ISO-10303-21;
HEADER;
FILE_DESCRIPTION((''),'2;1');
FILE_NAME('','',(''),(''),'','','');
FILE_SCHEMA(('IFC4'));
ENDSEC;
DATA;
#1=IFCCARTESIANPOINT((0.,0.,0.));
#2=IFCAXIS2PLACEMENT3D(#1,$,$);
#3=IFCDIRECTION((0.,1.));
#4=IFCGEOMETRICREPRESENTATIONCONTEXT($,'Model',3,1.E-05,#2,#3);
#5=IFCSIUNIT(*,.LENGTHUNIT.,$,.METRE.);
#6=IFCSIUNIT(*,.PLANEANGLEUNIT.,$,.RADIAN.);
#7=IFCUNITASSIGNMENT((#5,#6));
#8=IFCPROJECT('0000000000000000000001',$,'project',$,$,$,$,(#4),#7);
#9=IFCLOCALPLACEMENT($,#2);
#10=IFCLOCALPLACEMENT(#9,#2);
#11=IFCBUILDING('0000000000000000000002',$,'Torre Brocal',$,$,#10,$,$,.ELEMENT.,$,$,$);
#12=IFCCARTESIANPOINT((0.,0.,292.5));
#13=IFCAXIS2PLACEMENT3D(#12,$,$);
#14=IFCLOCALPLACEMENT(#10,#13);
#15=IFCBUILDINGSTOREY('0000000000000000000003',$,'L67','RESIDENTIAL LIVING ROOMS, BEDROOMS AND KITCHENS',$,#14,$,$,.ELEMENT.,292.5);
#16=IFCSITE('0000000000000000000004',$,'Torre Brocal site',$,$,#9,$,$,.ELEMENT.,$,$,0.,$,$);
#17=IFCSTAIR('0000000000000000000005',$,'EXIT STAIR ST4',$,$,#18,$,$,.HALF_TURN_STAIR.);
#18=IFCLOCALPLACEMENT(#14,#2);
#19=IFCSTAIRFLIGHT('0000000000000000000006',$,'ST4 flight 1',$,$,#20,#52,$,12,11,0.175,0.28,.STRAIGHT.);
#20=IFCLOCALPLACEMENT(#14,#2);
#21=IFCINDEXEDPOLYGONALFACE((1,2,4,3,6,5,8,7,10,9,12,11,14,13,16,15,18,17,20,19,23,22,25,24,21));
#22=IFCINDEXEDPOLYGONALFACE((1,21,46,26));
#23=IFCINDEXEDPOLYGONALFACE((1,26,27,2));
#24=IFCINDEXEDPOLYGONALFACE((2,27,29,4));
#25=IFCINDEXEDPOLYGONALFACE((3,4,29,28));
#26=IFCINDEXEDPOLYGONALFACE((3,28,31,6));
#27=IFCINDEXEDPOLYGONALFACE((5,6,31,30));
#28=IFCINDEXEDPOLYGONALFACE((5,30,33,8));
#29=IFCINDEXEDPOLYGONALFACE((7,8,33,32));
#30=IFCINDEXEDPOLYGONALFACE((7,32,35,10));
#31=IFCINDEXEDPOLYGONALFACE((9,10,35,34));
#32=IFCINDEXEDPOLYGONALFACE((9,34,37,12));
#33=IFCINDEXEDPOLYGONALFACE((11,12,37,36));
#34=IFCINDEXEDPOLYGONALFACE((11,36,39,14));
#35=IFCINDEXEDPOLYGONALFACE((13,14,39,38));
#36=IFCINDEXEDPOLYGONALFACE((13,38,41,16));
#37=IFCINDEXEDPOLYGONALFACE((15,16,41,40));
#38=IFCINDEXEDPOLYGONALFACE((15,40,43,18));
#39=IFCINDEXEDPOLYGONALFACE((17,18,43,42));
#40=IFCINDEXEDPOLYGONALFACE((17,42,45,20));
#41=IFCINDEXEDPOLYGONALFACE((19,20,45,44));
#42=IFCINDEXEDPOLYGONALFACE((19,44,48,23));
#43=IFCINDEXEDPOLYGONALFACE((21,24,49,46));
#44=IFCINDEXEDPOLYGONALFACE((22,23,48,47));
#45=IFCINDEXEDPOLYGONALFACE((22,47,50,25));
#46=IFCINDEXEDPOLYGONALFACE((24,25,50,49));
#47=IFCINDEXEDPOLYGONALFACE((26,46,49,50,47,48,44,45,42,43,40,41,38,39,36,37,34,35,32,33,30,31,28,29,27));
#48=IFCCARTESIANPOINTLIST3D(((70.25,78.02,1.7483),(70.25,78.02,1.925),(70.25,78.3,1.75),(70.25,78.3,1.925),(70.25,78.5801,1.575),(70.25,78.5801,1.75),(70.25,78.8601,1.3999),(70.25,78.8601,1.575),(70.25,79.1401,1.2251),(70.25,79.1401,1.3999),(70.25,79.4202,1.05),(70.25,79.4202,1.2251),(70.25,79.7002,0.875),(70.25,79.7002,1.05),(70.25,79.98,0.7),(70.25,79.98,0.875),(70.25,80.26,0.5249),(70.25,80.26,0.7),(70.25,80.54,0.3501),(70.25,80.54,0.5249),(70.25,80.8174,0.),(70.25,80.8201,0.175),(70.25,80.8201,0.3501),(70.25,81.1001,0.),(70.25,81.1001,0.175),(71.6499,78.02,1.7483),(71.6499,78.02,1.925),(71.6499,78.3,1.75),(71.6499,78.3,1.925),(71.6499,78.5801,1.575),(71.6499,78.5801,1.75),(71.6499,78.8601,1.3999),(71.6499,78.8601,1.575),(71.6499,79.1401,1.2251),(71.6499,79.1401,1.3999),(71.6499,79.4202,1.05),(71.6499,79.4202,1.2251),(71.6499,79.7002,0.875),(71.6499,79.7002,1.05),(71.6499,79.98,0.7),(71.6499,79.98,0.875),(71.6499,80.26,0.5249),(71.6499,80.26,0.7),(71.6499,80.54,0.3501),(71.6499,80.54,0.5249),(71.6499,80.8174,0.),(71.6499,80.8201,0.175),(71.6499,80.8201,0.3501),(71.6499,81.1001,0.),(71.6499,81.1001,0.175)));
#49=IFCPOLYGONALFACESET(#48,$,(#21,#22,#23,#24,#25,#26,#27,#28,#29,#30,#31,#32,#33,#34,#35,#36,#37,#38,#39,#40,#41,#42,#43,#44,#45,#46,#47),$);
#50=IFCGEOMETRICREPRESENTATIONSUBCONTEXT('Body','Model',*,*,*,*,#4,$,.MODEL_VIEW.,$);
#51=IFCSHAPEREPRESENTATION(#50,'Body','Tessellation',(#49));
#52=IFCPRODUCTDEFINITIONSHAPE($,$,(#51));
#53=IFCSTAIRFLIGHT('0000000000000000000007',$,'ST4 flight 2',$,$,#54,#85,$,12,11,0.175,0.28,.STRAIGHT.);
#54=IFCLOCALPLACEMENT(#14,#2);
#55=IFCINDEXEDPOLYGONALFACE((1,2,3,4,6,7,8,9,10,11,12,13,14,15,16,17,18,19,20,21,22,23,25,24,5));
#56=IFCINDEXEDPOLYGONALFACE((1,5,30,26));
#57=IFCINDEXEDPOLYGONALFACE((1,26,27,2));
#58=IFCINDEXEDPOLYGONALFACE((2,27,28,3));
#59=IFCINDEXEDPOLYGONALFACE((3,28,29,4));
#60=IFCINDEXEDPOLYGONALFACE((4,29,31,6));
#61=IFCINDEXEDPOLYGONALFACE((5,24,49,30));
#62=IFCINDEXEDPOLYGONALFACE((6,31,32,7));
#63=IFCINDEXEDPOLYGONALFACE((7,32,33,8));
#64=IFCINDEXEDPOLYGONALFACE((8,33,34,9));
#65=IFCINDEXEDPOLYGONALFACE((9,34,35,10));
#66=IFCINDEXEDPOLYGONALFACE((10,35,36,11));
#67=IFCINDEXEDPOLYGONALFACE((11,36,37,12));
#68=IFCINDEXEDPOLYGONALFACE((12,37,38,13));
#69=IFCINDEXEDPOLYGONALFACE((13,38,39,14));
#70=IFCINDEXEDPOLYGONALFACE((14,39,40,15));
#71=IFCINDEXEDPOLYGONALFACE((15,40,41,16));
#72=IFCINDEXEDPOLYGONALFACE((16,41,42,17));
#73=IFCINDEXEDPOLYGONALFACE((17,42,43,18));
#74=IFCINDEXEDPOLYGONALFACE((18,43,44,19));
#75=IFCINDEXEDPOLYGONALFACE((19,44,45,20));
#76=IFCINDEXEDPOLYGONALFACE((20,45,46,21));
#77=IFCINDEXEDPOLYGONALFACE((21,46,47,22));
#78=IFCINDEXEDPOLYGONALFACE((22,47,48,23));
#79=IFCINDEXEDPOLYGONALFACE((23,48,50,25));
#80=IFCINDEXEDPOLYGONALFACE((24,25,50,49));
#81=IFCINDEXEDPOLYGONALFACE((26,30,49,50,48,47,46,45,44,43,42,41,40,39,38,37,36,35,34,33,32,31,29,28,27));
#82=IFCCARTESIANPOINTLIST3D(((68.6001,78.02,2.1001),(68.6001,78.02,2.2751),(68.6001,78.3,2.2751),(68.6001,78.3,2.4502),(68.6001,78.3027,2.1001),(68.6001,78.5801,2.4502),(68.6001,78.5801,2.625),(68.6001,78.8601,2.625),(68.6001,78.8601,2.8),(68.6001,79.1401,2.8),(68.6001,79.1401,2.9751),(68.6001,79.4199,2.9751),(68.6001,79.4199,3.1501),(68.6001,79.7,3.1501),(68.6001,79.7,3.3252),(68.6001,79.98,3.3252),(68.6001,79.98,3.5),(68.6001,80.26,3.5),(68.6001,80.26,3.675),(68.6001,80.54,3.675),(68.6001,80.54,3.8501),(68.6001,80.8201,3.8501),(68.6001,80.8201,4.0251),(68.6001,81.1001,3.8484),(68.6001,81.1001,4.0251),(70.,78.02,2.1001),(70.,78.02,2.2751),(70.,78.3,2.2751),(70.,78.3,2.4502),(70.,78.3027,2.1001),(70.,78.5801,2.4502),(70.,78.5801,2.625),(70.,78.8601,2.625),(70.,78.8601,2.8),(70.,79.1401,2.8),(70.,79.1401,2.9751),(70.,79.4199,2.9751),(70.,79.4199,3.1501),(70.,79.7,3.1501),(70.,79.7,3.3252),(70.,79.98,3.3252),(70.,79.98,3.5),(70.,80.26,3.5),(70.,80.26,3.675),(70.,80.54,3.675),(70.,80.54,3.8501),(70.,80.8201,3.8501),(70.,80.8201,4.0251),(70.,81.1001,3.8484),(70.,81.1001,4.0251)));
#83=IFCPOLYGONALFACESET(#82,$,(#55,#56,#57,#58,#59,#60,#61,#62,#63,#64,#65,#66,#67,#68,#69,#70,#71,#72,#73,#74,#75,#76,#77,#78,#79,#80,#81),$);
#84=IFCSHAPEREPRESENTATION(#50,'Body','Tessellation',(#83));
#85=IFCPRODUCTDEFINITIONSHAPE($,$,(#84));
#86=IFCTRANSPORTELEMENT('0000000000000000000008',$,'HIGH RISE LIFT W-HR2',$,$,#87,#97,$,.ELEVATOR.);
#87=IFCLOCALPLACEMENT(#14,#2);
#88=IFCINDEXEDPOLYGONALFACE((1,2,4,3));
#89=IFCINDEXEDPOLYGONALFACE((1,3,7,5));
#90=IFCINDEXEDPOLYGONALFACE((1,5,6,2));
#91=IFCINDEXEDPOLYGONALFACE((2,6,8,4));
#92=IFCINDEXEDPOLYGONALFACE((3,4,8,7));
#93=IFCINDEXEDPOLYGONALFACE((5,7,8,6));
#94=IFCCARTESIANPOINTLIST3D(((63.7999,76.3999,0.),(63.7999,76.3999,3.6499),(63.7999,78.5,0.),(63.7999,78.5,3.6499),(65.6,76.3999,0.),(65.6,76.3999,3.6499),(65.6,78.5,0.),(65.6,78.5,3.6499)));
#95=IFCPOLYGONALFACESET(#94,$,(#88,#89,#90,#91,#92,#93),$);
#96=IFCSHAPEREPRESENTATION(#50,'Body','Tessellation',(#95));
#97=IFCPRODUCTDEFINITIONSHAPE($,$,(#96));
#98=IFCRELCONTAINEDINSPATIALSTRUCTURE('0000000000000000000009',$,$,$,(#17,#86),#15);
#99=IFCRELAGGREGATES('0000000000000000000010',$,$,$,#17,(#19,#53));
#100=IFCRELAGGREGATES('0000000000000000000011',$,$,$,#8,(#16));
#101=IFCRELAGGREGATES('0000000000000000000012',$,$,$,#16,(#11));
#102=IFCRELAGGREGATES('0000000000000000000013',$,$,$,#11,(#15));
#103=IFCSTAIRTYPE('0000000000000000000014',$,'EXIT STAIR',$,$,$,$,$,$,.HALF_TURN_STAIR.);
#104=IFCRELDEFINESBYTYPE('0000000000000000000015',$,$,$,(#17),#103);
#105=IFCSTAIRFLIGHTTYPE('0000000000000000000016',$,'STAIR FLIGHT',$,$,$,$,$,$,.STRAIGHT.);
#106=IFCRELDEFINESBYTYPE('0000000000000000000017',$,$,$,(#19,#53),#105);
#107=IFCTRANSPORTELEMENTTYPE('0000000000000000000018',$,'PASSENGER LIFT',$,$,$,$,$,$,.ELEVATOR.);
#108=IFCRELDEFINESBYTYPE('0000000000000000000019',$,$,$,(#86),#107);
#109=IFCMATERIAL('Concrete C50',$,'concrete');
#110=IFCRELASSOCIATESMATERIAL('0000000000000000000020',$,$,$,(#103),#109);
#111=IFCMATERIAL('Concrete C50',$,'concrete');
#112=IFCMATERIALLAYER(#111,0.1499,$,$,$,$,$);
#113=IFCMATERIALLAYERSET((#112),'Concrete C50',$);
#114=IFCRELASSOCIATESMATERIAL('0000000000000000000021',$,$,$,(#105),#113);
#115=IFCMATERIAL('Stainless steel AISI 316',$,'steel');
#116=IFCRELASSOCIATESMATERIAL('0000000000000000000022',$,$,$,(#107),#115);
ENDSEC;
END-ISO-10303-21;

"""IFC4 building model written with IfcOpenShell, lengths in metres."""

from ifc_helpers import new_model, si_unit, direction, frame, origin, origin_2d, place, context, subcontext, project, spatial, polyline, rectangle, outline, extrude, material, layer, layer_set, type_object, element, aggregate, save


model = new_model("IFC4")

# Units and contexts
model_context = context("Model", 3, precision=1e-05, world=origin(), true_north=direction((0.0, 1.0)))
body_context = subcontext(model_context, "Body", "Model", "MODEL_VIEW")
ifc_project = project(units=[si_unit("LENGTHUNIT", "METRE"), si_unit("PLANEANGLEUNIT", "RADIAN")], contexts=[model_context])

# Site, building, storey
site_placement = place(None, origin())
site = spatial("IfcSite", under=ifc_project, at=site_placement, Name="Torre Brocal site", CompositionType="ELEMENT", RefElevation=0.0)
building_placement = place(site_placement, origin())
building = spatial("IfcBuilding", under=site, at=building_placement, Name="Torre Brocal", CompositionType="ELEMENT")
storey_placement = place(building_placement, frame((0.0, 0.0, 292.5)))
storey = spatial("IfcBuildingStorey", under=building, at=storey_placement, Name="L67", Description="RESIDENTIAL LIVING ROOMS, BEDROOMS AND KITCHENS", CompositionType="ELEMENT", Elevation=292.5)

# Stair, stair flights
ifc_material_1 = material(Name="Concrete C50", Category="concrete")
stair_type = type_object("IfcStairType", Name="EXIT STAIR", PredefinedType="HALF_TURN_STAIR", material=ifc_material_1)
stair_placement = place(storey_placement, origin())
stair = element("IfcStair", 1, at=stair_placement, inside=storey, type_object=stair_type, Name="EXIT STAIR ST4", PredefinedType="HALF_TURN_STAIR")
ifc_material_2 = material(Name="Concrete C50", Category="concrete")
ifc_layer_1 = layer(ifc_material_2, 0.1499)
ifc_layer_set_1 = layer_set([ifc_layer_1], Name="Concrete C50")
stair_flight_type = type_object("IfcStairFlightType", Name="STAIR FLIGHT", PredefinedType="STRAIGHT", material=ifc_layer_set_1)
stair_flight_1_placement = place(storey_placement, frame((70.95, 81.1001, 0.0), z_axis=(0.0, 0.0, 1.0), x_axis=(0.0, -1.0, 0.0)))
stair_flight_1 = element("IfcStairFlight", 2, at=stair_flight_1_placement, type_object=stair_flight_type, Name="ST4 flight 1", NumberOfRisers=12, NumberOfTreads=11, PredefinedType="STRAIGHT", RiserHeight=0.175, TreadLength=0.28, context=body_context, shape_type="SweptSolid", body=[
    extrude(outline(polyline([(0.0, 0.0), (0.0, 0.175), (0.28, 0.175), (0.28, 0.3501), (0.5601, 0.3501), (0.5601, 0.5249), (0.8401, 0.5249), (0.8401, 0.7), (1.1201, 0.7), (1.1201, 0.875), (1.3999, 0.875), (1.3999, 1.05), (1.6799, 1.05), (1.6799, 1.2251), (1.96, 1.2251), (1.96, 1.3999), (2.24, 1.3999), (2.24, 1.575), (2.52, 1.575), (2.52, 1.75), (2.8, 1.75), (2.8, 1.925), (3.0801, 1.925), (3.0801, 2.1001), (3.0801, 1.7483), (0.2827, 0.0), (0.0, 0.0)])), frame((0.0, 0.7, 0.0), z_axis=(0.0, -1.0, 0.0), x_axis=(1.0, 0.0, 0.0)), (0.0, 0.0, 1.0), 1.3999),
])
stair_flight_2_placement = place(storey_placement, frame((69.3, 78.02, 2.1001), z_axis=(0.0, 0.0, 1.0), x_axis=(0.0, 1.0, 0.0)))
stair_flight_2 = element("IfcStairFlight", 3, at=stair_flight_2_placement, type_object=stair_flight_type, Name="ST4 flight 2", NumberOfRisers=12, NumberOfTreads=11, PredefinedType="STRAIGHT", RiserHeight=0.175, TreadLength=0.28, context=body_context, shape_type="SweptSolid", body=[
    extrude(outline(polyline([(0.0, 0.0), (0.0, 0.175), (0.28, 0.175), (0.28, 0.3501), (0.5601, 0.3501), (0.5601, 0.5249), (0.8401, 0.5249), (0.8401, 0.7), (1.1201, 0.7), (1.1201, 0.875), (1.3999, 0.875), (1.3999, 1.05), (1.6799, 1.05), (1.6799, 1.2251), (1.96, 1.2251), (1.96, 1.3999), (2.24, 1.3999), (2.24, 1.575), (2.52, 1.575), (2.52, 1.75), (2.8, 1.75), (2.8, 1.925), (3.0801, 1.925), (3.0801, 2.1001), (3.0801, 1.7483), (0.2827, 0.0), (0.0, 0.0)])), frame((0.0, 0.7, 0.0), z_axis=(0.0, -1.0, 0.0), x_axis=(1.0, 0.0, 0.0)), (0.0, 0.0, 1.0), 1.3999),
])
aggregate(stair, [stair_flight_1, stair_flight_2])

# Transport element
ifc_material_3 = material(Name="Stainless steel AISI 316", Category="steel")
transport_element_type = type_object("IfcTransportElementType", Name="PASSENGER LIFT", PredefinedType="ELEVATOR", material=ifc_material_3)
transport_element_placement = place(storey_placement, frame((64.7, 77.45, 0.0), z_axis=(0.0, 0.0, 1.0), x_axis=(1.0, 0.0, 0.0)))
element("IfcTransportElement", 4, at=transport_element_placement, inside=storey, type_object=transport_element_type, Name="HIGH RISE LIFT W-HR2", PredefinedType="ELEVATOR", context=body_context, shape_type="SweptSolid", body=[
    extrude(rectangle(XDim=1.8, YDim=2.1001, at=origin_2d()), origin(), (0.0, 0.0, 1.0), 3.6499),
])

save(model, "model.ifc")
